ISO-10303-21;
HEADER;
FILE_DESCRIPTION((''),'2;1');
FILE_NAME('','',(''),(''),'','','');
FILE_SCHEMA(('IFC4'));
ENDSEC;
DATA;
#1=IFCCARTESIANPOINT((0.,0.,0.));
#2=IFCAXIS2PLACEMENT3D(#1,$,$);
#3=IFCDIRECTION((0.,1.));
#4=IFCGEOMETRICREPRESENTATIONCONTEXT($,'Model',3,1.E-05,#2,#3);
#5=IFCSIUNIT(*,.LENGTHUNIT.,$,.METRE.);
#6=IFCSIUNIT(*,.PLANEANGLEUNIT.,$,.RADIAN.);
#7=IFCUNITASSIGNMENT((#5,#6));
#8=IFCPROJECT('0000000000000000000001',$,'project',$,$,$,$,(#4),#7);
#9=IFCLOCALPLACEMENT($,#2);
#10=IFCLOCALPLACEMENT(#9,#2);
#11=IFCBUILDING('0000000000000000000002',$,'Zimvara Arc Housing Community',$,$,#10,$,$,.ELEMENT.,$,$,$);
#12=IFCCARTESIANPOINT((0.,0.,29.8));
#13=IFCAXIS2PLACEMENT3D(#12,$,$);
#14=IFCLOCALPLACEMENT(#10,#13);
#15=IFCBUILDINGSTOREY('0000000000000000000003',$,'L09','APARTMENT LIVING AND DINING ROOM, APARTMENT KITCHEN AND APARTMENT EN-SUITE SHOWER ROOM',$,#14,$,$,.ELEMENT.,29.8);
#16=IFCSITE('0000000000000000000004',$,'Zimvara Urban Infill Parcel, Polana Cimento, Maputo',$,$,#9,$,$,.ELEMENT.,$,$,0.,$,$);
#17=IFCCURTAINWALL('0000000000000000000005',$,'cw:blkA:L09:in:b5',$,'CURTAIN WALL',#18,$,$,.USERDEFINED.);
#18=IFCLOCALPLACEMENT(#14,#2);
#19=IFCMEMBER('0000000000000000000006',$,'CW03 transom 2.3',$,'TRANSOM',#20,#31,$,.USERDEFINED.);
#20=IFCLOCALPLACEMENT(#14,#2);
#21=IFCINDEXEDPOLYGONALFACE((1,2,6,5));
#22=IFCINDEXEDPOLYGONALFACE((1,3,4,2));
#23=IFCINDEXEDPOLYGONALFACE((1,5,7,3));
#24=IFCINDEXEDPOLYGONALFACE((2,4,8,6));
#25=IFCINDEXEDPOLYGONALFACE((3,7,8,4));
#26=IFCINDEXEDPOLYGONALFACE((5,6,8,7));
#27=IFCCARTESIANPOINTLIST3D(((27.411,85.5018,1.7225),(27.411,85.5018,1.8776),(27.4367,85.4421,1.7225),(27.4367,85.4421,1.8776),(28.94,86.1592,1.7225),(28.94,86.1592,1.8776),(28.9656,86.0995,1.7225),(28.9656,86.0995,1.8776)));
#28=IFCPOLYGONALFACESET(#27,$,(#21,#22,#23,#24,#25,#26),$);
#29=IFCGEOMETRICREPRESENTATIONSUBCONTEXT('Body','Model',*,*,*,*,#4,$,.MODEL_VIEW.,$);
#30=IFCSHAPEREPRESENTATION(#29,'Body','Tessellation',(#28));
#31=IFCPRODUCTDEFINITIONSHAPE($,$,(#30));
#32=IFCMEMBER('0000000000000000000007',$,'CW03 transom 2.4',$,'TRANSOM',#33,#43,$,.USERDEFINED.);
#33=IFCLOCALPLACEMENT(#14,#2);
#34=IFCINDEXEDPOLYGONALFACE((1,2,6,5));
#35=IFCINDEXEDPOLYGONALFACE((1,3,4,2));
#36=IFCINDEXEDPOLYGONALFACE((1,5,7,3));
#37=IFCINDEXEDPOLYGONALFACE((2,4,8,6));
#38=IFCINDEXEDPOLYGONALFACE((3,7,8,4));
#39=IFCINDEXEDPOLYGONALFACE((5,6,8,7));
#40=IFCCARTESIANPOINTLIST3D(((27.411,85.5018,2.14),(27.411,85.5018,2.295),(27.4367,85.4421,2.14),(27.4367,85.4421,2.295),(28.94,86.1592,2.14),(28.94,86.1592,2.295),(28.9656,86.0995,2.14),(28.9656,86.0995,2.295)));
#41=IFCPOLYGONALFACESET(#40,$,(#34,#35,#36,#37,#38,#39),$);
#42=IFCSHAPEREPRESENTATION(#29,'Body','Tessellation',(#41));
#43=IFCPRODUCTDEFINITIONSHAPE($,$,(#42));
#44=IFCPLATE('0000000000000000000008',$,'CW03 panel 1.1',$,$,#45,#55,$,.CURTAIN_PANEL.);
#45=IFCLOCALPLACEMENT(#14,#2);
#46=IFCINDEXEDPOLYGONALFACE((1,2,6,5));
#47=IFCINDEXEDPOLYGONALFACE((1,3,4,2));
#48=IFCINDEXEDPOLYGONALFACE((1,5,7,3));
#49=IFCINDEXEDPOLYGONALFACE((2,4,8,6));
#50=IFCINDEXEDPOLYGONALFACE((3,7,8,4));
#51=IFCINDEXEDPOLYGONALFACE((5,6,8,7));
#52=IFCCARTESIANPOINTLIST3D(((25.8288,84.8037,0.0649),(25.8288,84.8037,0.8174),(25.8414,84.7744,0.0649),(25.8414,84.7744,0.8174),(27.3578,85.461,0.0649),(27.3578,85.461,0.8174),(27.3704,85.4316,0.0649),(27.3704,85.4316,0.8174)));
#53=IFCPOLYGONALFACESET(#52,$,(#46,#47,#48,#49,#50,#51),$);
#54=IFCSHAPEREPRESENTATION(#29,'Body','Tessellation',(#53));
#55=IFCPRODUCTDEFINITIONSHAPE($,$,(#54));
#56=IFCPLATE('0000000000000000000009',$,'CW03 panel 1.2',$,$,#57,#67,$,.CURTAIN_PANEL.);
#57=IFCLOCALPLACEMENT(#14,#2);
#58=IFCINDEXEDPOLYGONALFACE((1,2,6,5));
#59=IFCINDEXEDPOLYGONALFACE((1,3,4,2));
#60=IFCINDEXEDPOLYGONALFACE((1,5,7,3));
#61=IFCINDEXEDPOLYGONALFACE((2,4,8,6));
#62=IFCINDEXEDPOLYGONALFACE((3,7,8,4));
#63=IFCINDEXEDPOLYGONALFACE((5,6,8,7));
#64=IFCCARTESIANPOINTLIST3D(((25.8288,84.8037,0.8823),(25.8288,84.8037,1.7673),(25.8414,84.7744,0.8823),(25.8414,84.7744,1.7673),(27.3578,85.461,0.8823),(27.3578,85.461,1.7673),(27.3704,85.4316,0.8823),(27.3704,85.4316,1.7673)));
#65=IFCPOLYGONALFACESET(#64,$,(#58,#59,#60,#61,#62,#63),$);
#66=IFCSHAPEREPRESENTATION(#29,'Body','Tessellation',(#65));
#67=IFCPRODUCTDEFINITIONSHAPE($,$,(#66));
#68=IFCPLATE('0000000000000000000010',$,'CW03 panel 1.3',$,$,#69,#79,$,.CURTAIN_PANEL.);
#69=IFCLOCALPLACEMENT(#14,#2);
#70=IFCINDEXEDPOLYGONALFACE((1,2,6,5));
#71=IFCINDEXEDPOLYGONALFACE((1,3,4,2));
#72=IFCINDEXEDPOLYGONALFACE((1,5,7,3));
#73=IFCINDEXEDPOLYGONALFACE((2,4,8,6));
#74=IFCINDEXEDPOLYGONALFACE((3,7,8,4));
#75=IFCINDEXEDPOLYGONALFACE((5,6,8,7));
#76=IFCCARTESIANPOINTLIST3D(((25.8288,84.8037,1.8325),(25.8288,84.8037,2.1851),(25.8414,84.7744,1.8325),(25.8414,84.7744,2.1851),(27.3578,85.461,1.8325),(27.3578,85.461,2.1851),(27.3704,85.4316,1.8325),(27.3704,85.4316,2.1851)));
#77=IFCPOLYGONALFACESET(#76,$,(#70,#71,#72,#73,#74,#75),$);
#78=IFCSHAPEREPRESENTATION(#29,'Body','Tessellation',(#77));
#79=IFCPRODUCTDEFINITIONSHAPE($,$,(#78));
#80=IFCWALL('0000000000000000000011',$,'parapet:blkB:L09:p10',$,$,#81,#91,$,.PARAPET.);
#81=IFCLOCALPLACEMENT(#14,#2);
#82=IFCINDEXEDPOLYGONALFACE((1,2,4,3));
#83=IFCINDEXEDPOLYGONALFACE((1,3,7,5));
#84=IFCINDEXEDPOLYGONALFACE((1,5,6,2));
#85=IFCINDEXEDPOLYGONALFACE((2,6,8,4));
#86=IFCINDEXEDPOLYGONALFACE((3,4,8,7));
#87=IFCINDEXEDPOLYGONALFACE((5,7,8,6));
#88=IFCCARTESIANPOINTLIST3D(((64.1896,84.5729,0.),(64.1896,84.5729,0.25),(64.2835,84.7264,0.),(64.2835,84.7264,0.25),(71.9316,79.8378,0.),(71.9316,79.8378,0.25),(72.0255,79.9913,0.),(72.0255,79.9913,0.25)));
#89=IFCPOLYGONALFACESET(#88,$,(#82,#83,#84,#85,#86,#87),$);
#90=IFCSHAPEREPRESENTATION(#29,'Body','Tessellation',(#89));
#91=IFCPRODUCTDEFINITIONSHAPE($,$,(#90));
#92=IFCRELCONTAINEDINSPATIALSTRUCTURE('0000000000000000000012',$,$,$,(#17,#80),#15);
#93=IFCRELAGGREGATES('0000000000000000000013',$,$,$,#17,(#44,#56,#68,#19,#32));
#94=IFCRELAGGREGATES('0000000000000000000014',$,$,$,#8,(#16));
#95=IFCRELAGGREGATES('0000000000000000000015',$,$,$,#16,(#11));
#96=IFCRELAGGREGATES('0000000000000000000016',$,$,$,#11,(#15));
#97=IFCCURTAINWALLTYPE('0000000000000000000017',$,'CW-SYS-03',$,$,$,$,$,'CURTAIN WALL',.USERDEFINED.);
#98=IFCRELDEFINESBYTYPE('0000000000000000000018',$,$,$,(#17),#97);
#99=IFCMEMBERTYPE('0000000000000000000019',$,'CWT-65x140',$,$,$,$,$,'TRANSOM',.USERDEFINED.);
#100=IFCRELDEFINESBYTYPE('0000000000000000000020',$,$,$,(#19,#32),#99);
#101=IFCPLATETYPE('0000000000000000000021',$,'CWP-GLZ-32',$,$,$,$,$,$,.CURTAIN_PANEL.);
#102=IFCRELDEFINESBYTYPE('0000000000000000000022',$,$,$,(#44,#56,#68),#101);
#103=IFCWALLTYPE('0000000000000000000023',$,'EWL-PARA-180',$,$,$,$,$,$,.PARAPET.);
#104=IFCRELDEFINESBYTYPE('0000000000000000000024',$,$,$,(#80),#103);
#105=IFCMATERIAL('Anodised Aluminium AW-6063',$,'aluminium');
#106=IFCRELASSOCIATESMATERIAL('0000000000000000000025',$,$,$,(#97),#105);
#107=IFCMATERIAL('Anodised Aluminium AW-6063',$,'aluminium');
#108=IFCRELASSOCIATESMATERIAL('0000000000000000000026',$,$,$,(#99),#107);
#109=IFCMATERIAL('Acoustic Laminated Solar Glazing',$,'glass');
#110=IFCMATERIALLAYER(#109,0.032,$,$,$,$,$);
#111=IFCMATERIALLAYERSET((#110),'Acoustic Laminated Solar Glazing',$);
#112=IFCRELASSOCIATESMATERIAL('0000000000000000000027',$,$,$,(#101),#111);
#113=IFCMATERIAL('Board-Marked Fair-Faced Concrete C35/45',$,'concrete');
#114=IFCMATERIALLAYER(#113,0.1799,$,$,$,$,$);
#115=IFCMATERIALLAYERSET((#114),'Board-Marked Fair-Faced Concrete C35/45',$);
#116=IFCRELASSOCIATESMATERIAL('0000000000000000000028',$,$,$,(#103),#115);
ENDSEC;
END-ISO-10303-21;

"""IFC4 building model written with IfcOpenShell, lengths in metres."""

from ifc_helpers import new_model, si_unit, direction, frame, frame_2d, origin, origin_2d, place, context, subcontext, project, spatial, rectangle, extrude, material, layer, layer_set, material_profile, profile_set, type_object, element, aggregate, save


model = new_model("IFC4")

# Units and contexts
model_context = context("Model", 3, precision=1e-05, world=origin(), true_north=direction((0.0, 1.0)))
body_context = subcontext(model_context, "Body", "Model", "MODEL_VIEW")
ifc_project = project(units=[si_unit("LENGTHUNIT", "METRE"), si_unit("PLANEANGLEUNIT", "RADIAN")], contexts=[model_context])

# Site, building, storey
site_placement = place(None, origin())
site = spatial("IfcSite", under=ifc_project, at=site_placement, Name="Zimvara Urban Infill Parcel, Polana Cimento, Maputo", CompositionType="ELEMENT", RefElevation=0.0)
building_placement = place(site_placement, origin())
building = spatial("IfcBuilding", under=site, at=building_placement, Name="Zimvara Arc Housing Community", CompositionType="ELEMENT")
storey_placement = place(building_placement, frame((0.0, 0.0, 29.8)))
storey = spatial("IfcBuildingStorey", under=building, at=storey_placement, Name="L09", Description="APARTMENT LIVING AND DINING ROOM, APARTMENT KITCHEN AND APARTMENT EN-SUITE SHOWER ROOM", CompositionType="ELEMENT", Elevation=29.8)

# Curtain wall, members, plates
ifc_material_1 = material(Name="Anodised Aluminium AW-6063", Category="aluminium")
curtain_wall_type_1 = type_object("IfcCurtainWallType", Name="CW-SYS-03", ElementType="CURTAIN WALL", PredefinedType="USERDEFINED", material=ifc_material_1)
curtain_wall_1_placement = place(storey_placement, origin())
curtain_wall_1 = element("IfcCurtainWall", 1, at=curtain_wall_1_placement, inside=storey, type_object=curtain_wall_type_1, Name="cw:blkA:L09:in:b5", ObjectType="CURTAIN WALL", PredefinedType="USERDEFINED")
ifc_material_2 = material(Name="Anodised Aluminium AW-6063", Category="aluminium")
ifc_material_profile_1 = material_profile(ifc_material_2, rectangle(XDim=0.0649, YDim=0.155, at=origin_2d()), Name="ALU 65x155")
ifc_profile_set_1 = profile_set([ifc_material_profile_1], Name="Anodised Aluminium AW-6063")
member_type_1 = type_object("IfcMemberType", Name="CWT-65x140", ElementType="TRANSOM", PredefinedType="USERDEFINED", material=ifc_profile_set_1)
member_1_placement = place(storey_placement, frame((27.4238, 85.4719, 1.8), z_axis=(0.918674, 0.395017, 0.0), x_axis=(-0.395017, 0.918674, 0.0)))
member_1 = element("IfcMember", 2, at=member_1_placement, type_object=member_type_1, Name="CW03 transom 2.3", ObjectType="TRANSOM", PredefinedType="USERDEFINED", context=body_context, shape_type="SweptSolid", body=[
    extrude(rectangle(XDim=0.0649, YDim=0.155, at=origin_2d()), origin(), (0.0, 0.0, 1.0), 1.6643),
])
member_2_placement = place(storey_placement, frame((27.4238, 85.4719, 2.2175), z_axis=(0.918674, 0.395017, 0.0), x_axis=(-0.395017, 0.918674, 0.0)))
member_2 = element("IfcMember", 3, at=member_2_placement, type_object=member_type_1, Name="CW03 transom 2.4", ObjectType="TRANSOM", PredefinedType="USERDEFINED", context=body_context, shape_type="SweptSolid", body=[
    extrude(rectangle(XDim=0.0649, YDim=0.155, at=origin_2d()), origin(), (0.0, 0.0, 1.0), 1.6643),
])
ifc_material_3 = material(Name="Acoustic Laminated Solar Glazing", Category="glass")
ifc_layer_1 = layer(ifc_material_3, 0.032)
ifc_layer_set_1 = layer_set([ifc_layer_1], Name="Acoustic Laminated Solar Glazing")
plate_type = type_object("IfcPlateType", Name="CWP-GLZ-32", PredefinedType="CURTAIN_PANEL", material=ifc_layer_set_1)
plate_1_placement = place(storey_placement, frame((26.5996, 85.1177, 0.0649), z_axis=(0.0, 0.0, 1.0), x_axis=(0.918722, 0.394904, 0.0)))
plate_1 = element("IfcPlate", 4, at=plate_1_placement, type_object=plate_type, Name="CW03 panel 1.1", PredefinedType="CURTAIN_PANEL", context=body_context, shape_type="SweptSolid", body=[
    extrude(rectangle(XDim=1.6643, YDim=0.032, at=origin_2d()), origin(), (0.0, 0.0, 1.0), 0.7524),
])
plate_2_placement = place(storey_placement, frame((26.5996, 85.1177, 0.8823), z_axis=(0.0, 0.0, 1.0), x_axis=(0.918722, 0.394904, 0.0)))
plate_2 = element("IfcPlate", 5, at=plate_2_placement, type_object=plate_type, Name="CW03 panel 1.2", PredefinedType="CURTAIN_PANEL", context=body_context, shape_type="SweptSolid", body=[
    extrude(rectangle(XDim=1.6643, YDim=0.032, at=origin_2d()), origin(), (0.0, 0.0, 1.0), 0.885),
])
plate_3_placement = place(storey_placement, frame((26.5996, 85.1177, 1.8325), z_axis=(0.0, 0.0, 1.0), x_axis=(0.918722, 0.394904, 0.0)))
plate_3 = element("IfcPlate", 6, at=plate_3_placement, type_object=plate_type, Name="CW03 panel 1.3", PredefinedType="CURTAIN_PANEL", context=body_context, shape_type="SweptSolid", body=[
    extrude(rectangle(XDim=1.6643, YDim=0.032, at=origin_2d()), origin(), (0.0, 0.0, 1.0), 0.3525),
])
aggregate(curtain_wall_1, [plate_1, plate_2, plate_3, member_1, member_2])

# Wall
ifc_material_4 = material(Name="Board-Marked Fair-Faced Concrete C35/45", Category="concrete")
ifc_layer_2 = layer(ifc_material_4, 0.1799)
ifc_layer_set_2 = layer_set([ifc_layer_2], Name="Board-Marked Fair-Faced Concrete C35/45")
wall_type_1 = type_object("IfcWallType", Name="EWL-PARA-180", PredefinedType="PARAPET", material=ifc_layer_set_2)
wall_1_placement = place(storey_placement, frame((64.2366, 84.6497, 0.0), z_axis=(0.0, 0.0, 1.0), x_axis=(0.85309, -0.521764, 0.0)))
element("IfcWall", 7, at=wall_1_placement, inside=storey, type_object=wall_type_1, Name="parapet:blkB:L09:p10", PredefinedType="PARAPET", context=body_context, shape_type="SweptSolid", body=[
    extrude(rectangle(XDim=9.0752, YDim=0.1799, at=frame_2d((4.5376, 0.0))), origin(), (0.0, 0.0, 1.0), 0.25),
])

save(model, "model.ifc")
